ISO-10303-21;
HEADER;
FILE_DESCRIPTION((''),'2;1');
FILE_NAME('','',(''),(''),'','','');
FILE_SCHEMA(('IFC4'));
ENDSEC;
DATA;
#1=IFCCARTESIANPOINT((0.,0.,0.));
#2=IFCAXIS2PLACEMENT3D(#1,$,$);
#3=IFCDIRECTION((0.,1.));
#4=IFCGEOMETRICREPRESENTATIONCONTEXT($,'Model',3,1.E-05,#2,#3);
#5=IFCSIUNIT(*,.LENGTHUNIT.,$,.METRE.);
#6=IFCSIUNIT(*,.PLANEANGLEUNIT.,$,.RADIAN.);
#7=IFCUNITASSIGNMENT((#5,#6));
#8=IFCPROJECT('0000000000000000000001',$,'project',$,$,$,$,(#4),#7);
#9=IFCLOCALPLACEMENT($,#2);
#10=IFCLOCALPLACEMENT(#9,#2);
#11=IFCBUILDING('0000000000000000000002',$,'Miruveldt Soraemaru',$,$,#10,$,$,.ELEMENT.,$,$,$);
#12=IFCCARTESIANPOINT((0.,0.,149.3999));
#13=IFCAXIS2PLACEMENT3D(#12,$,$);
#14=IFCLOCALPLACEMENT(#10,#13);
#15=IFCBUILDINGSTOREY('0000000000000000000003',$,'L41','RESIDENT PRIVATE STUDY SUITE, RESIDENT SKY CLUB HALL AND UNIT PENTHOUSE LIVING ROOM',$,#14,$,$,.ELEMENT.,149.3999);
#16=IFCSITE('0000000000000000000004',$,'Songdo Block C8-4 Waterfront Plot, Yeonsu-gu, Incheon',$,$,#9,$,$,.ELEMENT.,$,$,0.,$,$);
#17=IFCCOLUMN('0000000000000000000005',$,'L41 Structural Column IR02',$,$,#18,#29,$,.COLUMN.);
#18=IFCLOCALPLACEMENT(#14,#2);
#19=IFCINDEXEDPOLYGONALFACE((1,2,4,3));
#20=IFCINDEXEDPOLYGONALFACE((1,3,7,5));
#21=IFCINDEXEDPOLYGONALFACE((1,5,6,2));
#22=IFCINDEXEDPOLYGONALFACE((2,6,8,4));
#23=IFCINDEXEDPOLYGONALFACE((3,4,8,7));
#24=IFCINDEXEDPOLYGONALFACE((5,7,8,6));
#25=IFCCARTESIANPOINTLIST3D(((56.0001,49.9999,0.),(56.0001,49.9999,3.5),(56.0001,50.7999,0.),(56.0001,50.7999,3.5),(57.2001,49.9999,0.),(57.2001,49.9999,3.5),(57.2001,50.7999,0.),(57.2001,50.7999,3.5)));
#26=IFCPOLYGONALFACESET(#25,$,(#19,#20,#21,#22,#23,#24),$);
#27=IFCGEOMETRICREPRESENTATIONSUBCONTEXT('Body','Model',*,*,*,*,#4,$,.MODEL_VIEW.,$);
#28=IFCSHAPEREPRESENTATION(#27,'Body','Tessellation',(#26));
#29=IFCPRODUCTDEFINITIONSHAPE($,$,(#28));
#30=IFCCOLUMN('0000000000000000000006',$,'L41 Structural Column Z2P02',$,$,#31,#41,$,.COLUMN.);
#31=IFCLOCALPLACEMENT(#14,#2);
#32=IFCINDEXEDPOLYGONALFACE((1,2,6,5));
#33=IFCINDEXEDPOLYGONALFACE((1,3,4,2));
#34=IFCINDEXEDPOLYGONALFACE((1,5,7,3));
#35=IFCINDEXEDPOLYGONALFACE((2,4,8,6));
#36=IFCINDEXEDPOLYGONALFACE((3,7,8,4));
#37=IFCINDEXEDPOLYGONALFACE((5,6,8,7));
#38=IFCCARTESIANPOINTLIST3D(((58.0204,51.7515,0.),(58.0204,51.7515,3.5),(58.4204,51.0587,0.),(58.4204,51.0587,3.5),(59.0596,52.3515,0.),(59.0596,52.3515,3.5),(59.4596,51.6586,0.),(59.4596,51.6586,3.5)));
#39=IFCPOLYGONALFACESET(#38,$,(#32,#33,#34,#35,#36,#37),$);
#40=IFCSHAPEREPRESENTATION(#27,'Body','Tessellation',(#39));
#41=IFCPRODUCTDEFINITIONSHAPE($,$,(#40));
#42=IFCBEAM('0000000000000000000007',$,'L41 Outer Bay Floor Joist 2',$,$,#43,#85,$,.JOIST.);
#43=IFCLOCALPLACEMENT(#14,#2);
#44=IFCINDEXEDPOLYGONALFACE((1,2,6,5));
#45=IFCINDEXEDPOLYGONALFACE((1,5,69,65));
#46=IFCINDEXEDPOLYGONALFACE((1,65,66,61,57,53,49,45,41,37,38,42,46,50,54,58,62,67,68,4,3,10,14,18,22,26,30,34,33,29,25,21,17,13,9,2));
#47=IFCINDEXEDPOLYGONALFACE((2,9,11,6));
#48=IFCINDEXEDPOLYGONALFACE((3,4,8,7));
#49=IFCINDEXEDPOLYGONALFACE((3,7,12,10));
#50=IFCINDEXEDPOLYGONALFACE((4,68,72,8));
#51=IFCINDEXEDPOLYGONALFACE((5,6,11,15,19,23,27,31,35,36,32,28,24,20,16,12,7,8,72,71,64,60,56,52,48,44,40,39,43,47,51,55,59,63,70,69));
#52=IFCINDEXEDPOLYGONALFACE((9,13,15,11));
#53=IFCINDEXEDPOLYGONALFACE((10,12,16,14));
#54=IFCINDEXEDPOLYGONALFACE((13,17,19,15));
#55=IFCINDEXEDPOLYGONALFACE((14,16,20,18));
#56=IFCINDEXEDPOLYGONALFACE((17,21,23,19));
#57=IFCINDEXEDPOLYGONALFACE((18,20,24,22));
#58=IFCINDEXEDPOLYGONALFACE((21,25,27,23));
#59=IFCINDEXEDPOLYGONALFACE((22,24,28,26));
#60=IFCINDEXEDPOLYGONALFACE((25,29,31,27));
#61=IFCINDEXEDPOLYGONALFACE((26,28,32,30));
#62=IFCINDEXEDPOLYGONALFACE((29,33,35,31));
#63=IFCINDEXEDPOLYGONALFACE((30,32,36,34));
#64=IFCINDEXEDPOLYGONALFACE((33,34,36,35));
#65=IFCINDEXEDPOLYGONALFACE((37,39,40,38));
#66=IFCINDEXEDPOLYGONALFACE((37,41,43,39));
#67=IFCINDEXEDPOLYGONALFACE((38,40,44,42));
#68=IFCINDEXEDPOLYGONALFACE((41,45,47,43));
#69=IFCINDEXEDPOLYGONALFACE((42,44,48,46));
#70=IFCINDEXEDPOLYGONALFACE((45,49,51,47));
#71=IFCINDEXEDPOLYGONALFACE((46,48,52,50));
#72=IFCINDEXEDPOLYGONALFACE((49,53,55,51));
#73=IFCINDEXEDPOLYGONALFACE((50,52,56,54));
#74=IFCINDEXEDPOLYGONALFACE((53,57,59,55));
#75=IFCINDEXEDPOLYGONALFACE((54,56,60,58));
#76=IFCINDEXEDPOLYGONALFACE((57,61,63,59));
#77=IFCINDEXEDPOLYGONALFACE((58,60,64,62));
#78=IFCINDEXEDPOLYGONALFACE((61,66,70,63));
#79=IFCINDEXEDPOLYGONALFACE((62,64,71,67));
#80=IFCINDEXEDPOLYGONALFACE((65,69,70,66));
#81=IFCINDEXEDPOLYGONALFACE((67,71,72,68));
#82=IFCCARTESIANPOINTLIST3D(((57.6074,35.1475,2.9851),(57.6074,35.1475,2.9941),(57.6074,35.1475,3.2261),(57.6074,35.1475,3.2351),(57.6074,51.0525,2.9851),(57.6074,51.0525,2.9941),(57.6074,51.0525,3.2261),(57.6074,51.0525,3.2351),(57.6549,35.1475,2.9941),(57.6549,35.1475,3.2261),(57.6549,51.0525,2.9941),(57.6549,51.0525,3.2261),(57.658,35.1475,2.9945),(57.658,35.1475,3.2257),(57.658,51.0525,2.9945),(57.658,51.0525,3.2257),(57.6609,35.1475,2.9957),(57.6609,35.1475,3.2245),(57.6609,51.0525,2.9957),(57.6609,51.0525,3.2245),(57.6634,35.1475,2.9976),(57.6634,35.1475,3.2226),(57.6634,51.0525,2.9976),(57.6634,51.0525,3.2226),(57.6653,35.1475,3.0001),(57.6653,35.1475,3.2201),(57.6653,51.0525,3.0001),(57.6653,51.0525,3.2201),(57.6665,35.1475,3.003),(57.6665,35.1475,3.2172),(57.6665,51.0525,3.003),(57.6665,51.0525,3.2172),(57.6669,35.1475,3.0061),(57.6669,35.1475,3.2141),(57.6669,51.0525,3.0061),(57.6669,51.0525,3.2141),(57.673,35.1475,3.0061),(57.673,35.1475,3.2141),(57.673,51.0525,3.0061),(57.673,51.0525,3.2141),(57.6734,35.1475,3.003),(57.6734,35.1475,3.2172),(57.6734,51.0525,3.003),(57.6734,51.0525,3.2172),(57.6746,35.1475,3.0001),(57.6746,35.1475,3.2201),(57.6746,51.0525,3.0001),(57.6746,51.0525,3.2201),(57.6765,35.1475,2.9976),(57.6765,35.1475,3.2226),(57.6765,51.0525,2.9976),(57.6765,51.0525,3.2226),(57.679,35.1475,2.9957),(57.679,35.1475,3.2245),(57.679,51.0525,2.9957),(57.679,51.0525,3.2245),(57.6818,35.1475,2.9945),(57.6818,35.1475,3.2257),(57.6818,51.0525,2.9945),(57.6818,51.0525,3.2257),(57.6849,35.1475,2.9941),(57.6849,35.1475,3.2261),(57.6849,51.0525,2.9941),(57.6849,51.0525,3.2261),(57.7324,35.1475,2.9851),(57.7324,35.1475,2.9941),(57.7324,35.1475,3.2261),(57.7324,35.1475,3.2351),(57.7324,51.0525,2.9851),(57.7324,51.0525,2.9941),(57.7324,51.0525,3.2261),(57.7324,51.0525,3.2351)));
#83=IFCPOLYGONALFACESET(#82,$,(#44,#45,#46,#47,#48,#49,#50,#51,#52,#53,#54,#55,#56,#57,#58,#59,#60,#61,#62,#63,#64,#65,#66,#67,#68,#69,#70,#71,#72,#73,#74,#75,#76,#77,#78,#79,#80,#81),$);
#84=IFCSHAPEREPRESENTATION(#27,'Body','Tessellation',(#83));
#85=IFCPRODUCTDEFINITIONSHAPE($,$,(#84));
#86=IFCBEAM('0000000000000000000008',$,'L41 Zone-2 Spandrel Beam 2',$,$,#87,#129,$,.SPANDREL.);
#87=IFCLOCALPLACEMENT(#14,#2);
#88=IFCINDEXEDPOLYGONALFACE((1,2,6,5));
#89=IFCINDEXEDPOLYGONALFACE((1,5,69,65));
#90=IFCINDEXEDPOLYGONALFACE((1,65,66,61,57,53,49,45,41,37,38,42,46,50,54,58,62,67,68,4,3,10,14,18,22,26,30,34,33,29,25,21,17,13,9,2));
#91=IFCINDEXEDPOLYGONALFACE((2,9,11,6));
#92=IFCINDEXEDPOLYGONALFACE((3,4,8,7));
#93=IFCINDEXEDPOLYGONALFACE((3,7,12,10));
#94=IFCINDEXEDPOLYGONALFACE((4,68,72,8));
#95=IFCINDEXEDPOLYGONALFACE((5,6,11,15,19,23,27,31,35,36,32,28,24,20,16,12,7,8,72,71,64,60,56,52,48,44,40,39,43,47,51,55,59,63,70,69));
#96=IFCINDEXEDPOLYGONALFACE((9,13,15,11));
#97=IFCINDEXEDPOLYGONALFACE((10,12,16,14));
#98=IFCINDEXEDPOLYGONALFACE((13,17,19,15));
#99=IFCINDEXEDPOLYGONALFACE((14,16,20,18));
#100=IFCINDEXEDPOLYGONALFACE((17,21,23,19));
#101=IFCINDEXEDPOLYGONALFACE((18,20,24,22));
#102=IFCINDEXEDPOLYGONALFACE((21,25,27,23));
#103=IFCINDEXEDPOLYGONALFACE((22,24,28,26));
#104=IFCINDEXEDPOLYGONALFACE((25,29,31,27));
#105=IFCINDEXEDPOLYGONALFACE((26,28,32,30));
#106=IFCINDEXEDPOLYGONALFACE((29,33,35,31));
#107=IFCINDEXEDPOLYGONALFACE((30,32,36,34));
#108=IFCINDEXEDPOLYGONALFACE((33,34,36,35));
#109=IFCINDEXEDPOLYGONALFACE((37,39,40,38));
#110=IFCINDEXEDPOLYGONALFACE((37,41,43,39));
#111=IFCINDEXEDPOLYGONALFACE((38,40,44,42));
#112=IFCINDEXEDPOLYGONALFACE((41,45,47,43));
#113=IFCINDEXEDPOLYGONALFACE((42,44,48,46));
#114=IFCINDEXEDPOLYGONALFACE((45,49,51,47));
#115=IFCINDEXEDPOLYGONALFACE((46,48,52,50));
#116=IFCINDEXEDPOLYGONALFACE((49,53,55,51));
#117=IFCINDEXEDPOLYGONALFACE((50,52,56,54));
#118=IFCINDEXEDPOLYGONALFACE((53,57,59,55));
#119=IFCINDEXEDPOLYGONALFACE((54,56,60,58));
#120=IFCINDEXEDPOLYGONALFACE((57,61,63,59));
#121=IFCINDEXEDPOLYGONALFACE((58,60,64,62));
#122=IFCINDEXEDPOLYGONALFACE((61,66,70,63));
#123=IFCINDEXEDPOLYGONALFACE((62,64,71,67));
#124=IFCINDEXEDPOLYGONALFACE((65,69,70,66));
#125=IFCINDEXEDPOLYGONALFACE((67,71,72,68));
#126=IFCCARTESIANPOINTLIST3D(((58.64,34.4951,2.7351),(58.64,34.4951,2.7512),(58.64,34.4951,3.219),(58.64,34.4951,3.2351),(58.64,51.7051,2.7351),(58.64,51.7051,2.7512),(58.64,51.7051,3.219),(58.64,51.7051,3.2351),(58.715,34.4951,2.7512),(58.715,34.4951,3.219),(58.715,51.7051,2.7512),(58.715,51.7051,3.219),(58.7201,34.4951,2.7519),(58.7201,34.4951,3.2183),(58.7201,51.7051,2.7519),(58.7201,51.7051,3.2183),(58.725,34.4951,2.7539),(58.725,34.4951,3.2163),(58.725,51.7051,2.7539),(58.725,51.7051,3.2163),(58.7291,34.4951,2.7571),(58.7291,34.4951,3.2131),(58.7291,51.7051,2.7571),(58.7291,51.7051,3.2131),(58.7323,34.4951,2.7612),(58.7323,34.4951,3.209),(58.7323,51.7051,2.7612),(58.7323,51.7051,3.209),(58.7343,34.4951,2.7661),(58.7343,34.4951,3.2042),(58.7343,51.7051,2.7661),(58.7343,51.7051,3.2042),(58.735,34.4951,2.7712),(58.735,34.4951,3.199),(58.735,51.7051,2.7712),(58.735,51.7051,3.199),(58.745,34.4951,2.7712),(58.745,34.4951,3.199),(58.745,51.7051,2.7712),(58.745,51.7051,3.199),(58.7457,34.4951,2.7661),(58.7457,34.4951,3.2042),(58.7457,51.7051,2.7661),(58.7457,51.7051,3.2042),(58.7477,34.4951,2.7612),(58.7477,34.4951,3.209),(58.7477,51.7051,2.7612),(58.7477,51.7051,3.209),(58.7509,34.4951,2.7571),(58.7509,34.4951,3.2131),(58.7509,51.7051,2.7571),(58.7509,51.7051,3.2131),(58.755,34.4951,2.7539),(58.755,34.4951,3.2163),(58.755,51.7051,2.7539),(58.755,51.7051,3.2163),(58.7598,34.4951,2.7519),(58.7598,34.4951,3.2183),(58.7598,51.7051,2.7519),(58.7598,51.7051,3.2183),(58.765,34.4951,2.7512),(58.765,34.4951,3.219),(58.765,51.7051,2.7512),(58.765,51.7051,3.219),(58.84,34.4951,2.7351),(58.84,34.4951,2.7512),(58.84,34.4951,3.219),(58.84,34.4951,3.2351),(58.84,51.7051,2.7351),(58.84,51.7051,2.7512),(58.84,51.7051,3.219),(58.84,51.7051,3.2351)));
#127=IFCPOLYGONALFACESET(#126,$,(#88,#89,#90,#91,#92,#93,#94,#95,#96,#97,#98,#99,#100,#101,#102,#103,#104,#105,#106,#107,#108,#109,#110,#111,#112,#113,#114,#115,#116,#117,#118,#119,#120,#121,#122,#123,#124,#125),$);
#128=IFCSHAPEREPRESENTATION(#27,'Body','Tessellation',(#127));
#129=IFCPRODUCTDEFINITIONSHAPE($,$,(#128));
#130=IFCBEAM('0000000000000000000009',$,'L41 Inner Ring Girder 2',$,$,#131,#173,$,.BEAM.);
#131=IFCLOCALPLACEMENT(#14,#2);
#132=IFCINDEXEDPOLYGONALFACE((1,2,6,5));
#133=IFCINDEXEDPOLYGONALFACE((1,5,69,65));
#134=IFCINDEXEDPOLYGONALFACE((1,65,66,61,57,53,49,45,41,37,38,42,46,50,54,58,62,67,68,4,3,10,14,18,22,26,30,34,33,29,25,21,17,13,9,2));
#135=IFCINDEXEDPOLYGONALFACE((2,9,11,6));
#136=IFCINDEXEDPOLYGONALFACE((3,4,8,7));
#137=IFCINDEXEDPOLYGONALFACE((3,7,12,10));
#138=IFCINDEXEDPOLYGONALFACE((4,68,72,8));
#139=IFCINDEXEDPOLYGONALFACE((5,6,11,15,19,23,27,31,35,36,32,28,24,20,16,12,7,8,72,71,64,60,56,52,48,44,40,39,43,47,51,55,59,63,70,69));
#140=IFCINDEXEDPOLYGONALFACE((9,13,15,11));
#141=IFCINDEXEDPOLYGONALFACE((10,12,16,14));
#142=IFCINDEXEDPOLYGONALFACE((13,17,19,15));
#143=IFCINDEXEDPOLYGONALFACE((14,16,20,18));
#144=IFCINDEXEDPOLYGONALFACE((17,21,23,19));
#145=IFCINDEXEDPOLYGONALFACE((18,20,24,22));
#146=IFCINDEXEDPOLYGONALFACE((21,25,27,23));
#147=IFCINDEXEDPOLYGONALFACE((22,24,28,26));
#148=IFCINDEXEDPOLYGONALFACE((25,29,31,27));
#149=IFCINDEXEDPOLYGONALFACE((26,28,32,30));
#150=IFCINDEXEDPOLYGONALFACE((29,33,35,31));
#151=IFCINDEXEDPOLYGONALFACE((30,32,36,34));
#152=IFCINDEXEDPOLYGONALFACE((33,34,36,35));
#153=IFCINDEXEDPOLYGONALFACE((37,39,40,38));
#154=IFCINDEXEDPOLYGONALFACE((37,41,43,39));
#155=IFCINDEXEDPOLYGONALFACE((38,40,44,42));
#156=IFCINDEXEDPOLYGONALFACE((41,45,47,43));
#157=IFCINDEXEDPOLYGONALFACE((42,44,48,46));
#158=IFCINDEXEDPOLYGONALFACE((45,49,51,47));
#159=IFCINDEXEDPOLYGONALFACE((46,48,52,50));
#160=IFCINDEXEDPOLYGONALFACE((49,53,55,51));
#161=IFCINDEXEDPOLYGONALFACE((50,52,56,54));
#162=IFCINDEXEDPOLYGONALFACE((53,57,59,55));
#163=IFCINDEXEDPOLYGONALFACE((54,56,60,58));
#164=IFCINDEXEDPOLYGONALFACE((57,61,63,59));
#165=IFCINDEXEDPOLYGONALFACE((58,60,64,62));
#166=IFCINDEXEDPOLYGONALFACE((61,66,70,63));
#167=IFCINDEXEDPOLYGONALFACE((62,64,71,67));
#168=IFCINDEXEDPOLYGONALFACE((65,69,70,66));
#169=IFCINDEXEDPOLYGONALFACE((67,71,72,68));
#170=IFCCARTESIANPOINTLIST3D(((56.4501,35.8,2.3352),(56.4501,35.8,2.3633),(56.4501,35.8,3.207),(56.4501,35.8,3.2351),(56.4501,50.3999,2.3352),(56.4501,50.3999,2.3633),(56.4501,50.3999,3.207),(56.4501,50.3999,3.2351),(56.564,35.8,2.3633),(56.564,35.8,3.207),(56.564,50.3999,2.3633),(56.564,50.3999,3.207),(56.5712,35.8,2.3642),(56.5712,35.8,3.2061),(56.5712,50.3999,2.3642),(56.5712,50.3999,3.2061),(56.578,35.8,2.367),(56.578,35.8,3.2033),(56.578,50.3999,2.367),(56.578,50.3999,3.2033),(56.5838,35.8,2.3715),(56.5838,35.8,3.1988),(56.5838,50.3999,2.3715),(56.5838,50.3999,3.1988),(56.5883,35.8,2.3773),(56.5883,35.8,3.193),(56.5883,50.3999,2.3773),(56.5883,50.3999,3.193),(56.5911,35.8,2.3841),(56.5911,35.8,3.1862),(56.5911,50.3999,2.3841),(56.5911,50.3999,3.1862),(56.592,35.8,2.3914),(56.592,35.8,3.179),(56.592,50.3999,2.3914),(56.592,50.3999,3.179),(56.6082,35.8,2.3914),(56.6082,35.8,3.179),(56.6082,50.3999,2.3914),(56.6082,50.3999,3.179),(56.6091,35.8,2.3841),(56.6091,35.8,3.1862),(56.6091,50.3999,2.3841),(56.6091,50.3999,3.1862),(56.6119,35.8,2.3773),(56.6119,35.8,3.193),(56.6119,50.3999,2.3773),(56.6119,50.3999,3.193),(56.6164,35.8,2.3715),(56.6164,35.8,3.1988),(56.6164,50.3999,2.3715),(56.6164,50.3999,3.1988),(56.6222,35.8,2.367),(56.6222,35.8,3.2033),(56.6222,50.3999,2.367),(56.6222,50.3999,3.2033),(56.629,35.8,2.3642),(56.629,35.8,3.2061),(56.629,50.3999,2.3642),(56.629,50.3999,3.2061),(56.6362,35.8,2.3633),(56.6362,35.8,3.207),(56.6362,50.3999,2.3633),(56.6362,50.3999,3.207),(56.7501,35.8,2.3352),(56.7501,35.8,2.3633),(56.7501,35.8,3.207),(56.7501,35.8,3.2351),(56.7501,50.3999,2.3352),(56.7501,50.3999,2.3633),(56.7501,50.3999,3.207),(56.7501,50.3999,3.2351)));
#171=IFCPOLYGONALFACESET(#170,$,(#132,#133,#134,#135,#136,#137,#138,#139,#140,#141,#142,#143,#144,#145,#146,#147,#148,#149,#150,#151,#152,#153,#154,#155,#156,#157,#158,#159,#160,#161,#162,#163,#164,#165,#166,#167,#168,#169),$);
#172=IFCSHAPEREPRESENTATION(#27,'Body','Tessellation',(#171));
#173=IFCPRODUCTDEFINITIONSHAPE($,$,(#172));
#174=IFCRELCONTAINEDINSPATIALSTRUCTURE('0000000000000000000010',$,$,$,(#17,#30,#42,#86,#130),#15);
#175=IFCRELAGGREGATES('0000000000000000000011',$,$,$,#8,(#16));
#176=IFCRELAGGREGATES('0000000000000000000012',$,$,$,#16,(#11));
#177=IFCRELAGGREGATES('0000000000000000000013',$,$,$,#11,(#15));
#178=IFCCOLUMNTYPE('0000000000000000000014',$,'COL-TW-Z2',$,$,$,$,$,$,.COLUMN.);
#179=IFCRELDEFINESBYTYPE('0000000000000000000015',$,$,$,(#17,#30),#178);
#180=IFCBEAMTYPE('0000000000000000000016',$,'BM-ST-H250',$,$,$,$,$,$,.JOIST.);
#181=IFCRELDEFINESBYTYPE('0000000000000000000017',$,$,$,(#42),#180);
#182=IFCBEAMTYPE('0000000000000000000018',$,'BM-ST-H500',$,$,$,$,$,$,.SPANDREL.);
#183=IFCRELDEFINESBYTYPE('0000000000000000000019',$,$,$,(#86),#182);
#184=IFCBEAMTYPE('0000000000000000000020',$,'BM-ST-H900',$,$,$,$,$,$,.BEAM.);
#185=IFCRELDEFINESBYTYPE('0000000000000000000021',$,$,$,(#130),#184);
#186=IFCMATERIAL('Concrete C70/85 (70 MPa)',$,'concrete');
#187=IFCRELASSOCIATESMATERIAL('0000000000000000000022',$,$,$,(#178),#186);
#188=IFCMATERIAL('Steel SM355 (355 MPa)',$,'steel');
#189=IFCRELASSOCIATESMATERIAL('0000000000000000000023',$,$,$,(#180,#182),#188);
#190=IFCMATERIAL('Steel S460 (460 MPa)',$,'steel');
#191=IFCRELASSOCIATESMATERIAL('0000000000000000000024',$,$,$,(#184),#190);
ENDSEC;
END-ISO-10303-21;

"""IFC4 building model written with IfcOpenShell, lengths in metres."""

from ifc_helpers import new_model, si_unit, direction, frame, origin, origin_2d, place, context, subcontext, project, spatial, rectangle, i_section, extrude, material, material_profile, profile_set, type_object, element, save


model = new_model("IFC4")

# Units and contexts
model_context = context("Model", 3, precision=1e-05, world=origin(), true_north=direction((0.0, 1.0)))
body_context = subcontext(model_context, "Body", "Model", "MODEL_VIEW")
ifc_project = project(units=[si_unit("LENGTHUNIT", "METRE"), si_unit("PLANEANGLEUNIT", "RADIAN")], contexts=[model_context])

# Site, building, storey
site_placement = place(None, origin())
site = spatial("IfcSite", under=ifc_project, at=site_placement, Name="Songdo Block C8-4 Waterfront Plot, Yeonsu-gu, Incheon", CompositionType="ELEMENT", RefElevation=0.0)
building_placement = place(site_placement, origin())
building = spatial("IfcBuilding", under=site, at=building_placement, Name="Miruveldt Soraemaru", CompositionType="ELEMENT")
storey_placement = place(building_placement, frame((0.0, 0.0, 149.3999)))
storey = spatial("IfcBuildingStorey", under=building, at=storey_placement, Name="L41", Description="RESIDENT PRIVATE STUDY SUITE, RESIDENT SKY CLUB HALL AND UNIT PENTHOUSE LIVING ROOM", CompositionType="ELEMENT", Elevation=149.3999)

# Columns
ifc_material_1 = material(Name="Concrete C70/85 (70 MPa)", Category="concrete")
ifc_material_profile_1 = material_profile(ifc_material_1, rectangle(XDim=1.2, YDim=0.8, at=origin_2d()), Name="Concrete C70/85 (70 MPa)", Category="concrete")
ifc_profile_set_1 = profile_set([ifc_material_profile_1], Name="Concrete C70/85 (70 MPa)")
column_type = type_object("IfcColumnType", Name="COL-TW-Z2", PredefinedType="COLUMN", material=ifc_profile_set_1)
for number, where, z_axis, x_axis, name in (
    (1, (56.6001, 50.3999, 0.0), (0.0, 0.0, 1.0), (1.0, 0.0, 0.0), "L41 Structural Column IR02"),
    (2, (58.74, 51.7051, 0.0), (0.0, 0.0, 1.0), (0.866025, 0.5, 0.0), "L41 Structural Column Z2P02"),
):
    element("IfcColumn", number, at=place(storey_placement, frame(where, z_axis=z_axis, x_axis=x_axis)), inside=storey, type_object=column_type, Name=name, PredefinedType="COLUMN", context=body_context, shape_type="SweptSolid", body=[
        extrude(rectangle(XDim=1.2, YDim=0.8, at=origin_2d()), origin(), (0.0, 0.0, 1.0), 3.5),
    ])

# Beams
ifc_material_2 = material(Name="Steel SM355 (355 MPa)", Category="steel")
ifc_material_profile_2 = material_profile(ifc_material_2, i_section(OverallWidth=0.125, OverallDepth=0.25, WebThickness=0.0061, FlangeThickness=0.009, FilletRadius=0.012, at=origin_2d()), Name="Steel SM355 (355 MPa)", Category="steel")
ifc_profile_set_2 = profile_set([ifc_material_profile_2], Name="Steel SM355 (355 MPa)")
beam_type_1 = type_object("IfcBeamType", Name="BM-ST-H250", PredefinedType="JOIST", material=ifc_profile_set_2)
beam_1_placement = place(storey_placement, frame((57.6699, 51.0525, 3.1101), z_axis=(0.0, -1.0, 0.0), x_axis=(1.0, 0.0, 0.0)))
element("IfcBeam", 3, at=beam_1_placement, inside=storey, type_object=beam_type_1, Name="L41 Outer Bay Floor Joist 2", PredefinedType="JOIST", context=body_context, shape_type="SweptSolid", body=[
    extrude(i_section(OverallWidth=0.125, OverallDepth=0.25, WebThickness=0.0061, FlangeThickness=0.009, FilletRadius=0.012, at=origin_2d()), origin(), (0.0, 0.0, 1.0), 15.905),
])
ifc_material_profile_3 = material_profile(ifc_material_2, i_section(OverallWidth=0.2, OverallDepth=0.5, WebThickness=0.01, FlangeThickness=0.0161, FilletRadius=0.02, at=origin_2d()), Name="Steel SM355 (355 MPa)", Category="steel")
ifc_profile_set_3 = profile_set([ifc_material_profile_3], Name="Steel SM355 (355 MPa)")
beam_type_2 = type_object("IfcBeamType", Name="BM-ST-H500", PredefinedType="SPANDREL", material=ifc_profile_set_3)
beam_2_placement = place(storey_placement, frame((58.74, 51.7051, 2.9851), z_axis=(0.0, -1.0, 0.0), x_axis=(1.0, 0.0, 0.0)))
element("IfcBeam", 4, at=beam_2_placement, inside=storey, type_object=beam_type_2, Name="L41 Zone-2 Spandrel Beam 2", PredefinedType="SPANDREL", context=body_context, shape_type="SweptSolid", body=[
    extrude(i_section(OverallWidth=0.2, OverallDepth=0.5, WebThickness=0.01, FlangeThickness=0.0161, FilletRadius=0.02, at=origin_2d()), origin(), (0.0, 0.0, 1.0), 17.21),
])
ifc_material_3 = material(Name="Steel S460 (460 MPa)", Category="steel")
ifc_material_profile_4 = material_profile(ifc_material_3, i_section(OverallWidth=0.3, OverallDepth=0.8999, WebThickness=0.0161, FlangeThickness=0.0281, FilletRadius=0.0281, at=origin_2d()), Name="Steel S460 (460 MPa)", Category="steel")
ifc_profile_set_4 = profile_set([ifc_material_profile_4], Name="Steel S460 (460 MPa)")
beam_type_3 = type_object("IfcBeamType", Name="BM-ST-H900", PredefinedType="BEAM", material=ifc_profile_set_4)
beam_3_placement = place(storey_placement, frame((56.6001, 50.3999, 2.7852), z_axis=(0.0, -1.0, 0.0), x_axis=(1.0, 0.0, 0.0)))
element("IfcBeam", 5, at=beam_3_placement, inside=storey, type_object=beam_type_3, Name="L41 Inner Ring Girder 2", PredefinedType="BEAM", context=body_context, shape_type="SweptSolid", body=[
    extrude(i_section(OverallWidth=0.3, OverallDepth=0.8999, WebThickness=0.0161, FlangeThickness=0.0281, FilletRadius=0.0281, at=origin_2d()), origin(), (0.0, 0.0, 1.0), 14.5999),
])

save(model, "model.ifc")
